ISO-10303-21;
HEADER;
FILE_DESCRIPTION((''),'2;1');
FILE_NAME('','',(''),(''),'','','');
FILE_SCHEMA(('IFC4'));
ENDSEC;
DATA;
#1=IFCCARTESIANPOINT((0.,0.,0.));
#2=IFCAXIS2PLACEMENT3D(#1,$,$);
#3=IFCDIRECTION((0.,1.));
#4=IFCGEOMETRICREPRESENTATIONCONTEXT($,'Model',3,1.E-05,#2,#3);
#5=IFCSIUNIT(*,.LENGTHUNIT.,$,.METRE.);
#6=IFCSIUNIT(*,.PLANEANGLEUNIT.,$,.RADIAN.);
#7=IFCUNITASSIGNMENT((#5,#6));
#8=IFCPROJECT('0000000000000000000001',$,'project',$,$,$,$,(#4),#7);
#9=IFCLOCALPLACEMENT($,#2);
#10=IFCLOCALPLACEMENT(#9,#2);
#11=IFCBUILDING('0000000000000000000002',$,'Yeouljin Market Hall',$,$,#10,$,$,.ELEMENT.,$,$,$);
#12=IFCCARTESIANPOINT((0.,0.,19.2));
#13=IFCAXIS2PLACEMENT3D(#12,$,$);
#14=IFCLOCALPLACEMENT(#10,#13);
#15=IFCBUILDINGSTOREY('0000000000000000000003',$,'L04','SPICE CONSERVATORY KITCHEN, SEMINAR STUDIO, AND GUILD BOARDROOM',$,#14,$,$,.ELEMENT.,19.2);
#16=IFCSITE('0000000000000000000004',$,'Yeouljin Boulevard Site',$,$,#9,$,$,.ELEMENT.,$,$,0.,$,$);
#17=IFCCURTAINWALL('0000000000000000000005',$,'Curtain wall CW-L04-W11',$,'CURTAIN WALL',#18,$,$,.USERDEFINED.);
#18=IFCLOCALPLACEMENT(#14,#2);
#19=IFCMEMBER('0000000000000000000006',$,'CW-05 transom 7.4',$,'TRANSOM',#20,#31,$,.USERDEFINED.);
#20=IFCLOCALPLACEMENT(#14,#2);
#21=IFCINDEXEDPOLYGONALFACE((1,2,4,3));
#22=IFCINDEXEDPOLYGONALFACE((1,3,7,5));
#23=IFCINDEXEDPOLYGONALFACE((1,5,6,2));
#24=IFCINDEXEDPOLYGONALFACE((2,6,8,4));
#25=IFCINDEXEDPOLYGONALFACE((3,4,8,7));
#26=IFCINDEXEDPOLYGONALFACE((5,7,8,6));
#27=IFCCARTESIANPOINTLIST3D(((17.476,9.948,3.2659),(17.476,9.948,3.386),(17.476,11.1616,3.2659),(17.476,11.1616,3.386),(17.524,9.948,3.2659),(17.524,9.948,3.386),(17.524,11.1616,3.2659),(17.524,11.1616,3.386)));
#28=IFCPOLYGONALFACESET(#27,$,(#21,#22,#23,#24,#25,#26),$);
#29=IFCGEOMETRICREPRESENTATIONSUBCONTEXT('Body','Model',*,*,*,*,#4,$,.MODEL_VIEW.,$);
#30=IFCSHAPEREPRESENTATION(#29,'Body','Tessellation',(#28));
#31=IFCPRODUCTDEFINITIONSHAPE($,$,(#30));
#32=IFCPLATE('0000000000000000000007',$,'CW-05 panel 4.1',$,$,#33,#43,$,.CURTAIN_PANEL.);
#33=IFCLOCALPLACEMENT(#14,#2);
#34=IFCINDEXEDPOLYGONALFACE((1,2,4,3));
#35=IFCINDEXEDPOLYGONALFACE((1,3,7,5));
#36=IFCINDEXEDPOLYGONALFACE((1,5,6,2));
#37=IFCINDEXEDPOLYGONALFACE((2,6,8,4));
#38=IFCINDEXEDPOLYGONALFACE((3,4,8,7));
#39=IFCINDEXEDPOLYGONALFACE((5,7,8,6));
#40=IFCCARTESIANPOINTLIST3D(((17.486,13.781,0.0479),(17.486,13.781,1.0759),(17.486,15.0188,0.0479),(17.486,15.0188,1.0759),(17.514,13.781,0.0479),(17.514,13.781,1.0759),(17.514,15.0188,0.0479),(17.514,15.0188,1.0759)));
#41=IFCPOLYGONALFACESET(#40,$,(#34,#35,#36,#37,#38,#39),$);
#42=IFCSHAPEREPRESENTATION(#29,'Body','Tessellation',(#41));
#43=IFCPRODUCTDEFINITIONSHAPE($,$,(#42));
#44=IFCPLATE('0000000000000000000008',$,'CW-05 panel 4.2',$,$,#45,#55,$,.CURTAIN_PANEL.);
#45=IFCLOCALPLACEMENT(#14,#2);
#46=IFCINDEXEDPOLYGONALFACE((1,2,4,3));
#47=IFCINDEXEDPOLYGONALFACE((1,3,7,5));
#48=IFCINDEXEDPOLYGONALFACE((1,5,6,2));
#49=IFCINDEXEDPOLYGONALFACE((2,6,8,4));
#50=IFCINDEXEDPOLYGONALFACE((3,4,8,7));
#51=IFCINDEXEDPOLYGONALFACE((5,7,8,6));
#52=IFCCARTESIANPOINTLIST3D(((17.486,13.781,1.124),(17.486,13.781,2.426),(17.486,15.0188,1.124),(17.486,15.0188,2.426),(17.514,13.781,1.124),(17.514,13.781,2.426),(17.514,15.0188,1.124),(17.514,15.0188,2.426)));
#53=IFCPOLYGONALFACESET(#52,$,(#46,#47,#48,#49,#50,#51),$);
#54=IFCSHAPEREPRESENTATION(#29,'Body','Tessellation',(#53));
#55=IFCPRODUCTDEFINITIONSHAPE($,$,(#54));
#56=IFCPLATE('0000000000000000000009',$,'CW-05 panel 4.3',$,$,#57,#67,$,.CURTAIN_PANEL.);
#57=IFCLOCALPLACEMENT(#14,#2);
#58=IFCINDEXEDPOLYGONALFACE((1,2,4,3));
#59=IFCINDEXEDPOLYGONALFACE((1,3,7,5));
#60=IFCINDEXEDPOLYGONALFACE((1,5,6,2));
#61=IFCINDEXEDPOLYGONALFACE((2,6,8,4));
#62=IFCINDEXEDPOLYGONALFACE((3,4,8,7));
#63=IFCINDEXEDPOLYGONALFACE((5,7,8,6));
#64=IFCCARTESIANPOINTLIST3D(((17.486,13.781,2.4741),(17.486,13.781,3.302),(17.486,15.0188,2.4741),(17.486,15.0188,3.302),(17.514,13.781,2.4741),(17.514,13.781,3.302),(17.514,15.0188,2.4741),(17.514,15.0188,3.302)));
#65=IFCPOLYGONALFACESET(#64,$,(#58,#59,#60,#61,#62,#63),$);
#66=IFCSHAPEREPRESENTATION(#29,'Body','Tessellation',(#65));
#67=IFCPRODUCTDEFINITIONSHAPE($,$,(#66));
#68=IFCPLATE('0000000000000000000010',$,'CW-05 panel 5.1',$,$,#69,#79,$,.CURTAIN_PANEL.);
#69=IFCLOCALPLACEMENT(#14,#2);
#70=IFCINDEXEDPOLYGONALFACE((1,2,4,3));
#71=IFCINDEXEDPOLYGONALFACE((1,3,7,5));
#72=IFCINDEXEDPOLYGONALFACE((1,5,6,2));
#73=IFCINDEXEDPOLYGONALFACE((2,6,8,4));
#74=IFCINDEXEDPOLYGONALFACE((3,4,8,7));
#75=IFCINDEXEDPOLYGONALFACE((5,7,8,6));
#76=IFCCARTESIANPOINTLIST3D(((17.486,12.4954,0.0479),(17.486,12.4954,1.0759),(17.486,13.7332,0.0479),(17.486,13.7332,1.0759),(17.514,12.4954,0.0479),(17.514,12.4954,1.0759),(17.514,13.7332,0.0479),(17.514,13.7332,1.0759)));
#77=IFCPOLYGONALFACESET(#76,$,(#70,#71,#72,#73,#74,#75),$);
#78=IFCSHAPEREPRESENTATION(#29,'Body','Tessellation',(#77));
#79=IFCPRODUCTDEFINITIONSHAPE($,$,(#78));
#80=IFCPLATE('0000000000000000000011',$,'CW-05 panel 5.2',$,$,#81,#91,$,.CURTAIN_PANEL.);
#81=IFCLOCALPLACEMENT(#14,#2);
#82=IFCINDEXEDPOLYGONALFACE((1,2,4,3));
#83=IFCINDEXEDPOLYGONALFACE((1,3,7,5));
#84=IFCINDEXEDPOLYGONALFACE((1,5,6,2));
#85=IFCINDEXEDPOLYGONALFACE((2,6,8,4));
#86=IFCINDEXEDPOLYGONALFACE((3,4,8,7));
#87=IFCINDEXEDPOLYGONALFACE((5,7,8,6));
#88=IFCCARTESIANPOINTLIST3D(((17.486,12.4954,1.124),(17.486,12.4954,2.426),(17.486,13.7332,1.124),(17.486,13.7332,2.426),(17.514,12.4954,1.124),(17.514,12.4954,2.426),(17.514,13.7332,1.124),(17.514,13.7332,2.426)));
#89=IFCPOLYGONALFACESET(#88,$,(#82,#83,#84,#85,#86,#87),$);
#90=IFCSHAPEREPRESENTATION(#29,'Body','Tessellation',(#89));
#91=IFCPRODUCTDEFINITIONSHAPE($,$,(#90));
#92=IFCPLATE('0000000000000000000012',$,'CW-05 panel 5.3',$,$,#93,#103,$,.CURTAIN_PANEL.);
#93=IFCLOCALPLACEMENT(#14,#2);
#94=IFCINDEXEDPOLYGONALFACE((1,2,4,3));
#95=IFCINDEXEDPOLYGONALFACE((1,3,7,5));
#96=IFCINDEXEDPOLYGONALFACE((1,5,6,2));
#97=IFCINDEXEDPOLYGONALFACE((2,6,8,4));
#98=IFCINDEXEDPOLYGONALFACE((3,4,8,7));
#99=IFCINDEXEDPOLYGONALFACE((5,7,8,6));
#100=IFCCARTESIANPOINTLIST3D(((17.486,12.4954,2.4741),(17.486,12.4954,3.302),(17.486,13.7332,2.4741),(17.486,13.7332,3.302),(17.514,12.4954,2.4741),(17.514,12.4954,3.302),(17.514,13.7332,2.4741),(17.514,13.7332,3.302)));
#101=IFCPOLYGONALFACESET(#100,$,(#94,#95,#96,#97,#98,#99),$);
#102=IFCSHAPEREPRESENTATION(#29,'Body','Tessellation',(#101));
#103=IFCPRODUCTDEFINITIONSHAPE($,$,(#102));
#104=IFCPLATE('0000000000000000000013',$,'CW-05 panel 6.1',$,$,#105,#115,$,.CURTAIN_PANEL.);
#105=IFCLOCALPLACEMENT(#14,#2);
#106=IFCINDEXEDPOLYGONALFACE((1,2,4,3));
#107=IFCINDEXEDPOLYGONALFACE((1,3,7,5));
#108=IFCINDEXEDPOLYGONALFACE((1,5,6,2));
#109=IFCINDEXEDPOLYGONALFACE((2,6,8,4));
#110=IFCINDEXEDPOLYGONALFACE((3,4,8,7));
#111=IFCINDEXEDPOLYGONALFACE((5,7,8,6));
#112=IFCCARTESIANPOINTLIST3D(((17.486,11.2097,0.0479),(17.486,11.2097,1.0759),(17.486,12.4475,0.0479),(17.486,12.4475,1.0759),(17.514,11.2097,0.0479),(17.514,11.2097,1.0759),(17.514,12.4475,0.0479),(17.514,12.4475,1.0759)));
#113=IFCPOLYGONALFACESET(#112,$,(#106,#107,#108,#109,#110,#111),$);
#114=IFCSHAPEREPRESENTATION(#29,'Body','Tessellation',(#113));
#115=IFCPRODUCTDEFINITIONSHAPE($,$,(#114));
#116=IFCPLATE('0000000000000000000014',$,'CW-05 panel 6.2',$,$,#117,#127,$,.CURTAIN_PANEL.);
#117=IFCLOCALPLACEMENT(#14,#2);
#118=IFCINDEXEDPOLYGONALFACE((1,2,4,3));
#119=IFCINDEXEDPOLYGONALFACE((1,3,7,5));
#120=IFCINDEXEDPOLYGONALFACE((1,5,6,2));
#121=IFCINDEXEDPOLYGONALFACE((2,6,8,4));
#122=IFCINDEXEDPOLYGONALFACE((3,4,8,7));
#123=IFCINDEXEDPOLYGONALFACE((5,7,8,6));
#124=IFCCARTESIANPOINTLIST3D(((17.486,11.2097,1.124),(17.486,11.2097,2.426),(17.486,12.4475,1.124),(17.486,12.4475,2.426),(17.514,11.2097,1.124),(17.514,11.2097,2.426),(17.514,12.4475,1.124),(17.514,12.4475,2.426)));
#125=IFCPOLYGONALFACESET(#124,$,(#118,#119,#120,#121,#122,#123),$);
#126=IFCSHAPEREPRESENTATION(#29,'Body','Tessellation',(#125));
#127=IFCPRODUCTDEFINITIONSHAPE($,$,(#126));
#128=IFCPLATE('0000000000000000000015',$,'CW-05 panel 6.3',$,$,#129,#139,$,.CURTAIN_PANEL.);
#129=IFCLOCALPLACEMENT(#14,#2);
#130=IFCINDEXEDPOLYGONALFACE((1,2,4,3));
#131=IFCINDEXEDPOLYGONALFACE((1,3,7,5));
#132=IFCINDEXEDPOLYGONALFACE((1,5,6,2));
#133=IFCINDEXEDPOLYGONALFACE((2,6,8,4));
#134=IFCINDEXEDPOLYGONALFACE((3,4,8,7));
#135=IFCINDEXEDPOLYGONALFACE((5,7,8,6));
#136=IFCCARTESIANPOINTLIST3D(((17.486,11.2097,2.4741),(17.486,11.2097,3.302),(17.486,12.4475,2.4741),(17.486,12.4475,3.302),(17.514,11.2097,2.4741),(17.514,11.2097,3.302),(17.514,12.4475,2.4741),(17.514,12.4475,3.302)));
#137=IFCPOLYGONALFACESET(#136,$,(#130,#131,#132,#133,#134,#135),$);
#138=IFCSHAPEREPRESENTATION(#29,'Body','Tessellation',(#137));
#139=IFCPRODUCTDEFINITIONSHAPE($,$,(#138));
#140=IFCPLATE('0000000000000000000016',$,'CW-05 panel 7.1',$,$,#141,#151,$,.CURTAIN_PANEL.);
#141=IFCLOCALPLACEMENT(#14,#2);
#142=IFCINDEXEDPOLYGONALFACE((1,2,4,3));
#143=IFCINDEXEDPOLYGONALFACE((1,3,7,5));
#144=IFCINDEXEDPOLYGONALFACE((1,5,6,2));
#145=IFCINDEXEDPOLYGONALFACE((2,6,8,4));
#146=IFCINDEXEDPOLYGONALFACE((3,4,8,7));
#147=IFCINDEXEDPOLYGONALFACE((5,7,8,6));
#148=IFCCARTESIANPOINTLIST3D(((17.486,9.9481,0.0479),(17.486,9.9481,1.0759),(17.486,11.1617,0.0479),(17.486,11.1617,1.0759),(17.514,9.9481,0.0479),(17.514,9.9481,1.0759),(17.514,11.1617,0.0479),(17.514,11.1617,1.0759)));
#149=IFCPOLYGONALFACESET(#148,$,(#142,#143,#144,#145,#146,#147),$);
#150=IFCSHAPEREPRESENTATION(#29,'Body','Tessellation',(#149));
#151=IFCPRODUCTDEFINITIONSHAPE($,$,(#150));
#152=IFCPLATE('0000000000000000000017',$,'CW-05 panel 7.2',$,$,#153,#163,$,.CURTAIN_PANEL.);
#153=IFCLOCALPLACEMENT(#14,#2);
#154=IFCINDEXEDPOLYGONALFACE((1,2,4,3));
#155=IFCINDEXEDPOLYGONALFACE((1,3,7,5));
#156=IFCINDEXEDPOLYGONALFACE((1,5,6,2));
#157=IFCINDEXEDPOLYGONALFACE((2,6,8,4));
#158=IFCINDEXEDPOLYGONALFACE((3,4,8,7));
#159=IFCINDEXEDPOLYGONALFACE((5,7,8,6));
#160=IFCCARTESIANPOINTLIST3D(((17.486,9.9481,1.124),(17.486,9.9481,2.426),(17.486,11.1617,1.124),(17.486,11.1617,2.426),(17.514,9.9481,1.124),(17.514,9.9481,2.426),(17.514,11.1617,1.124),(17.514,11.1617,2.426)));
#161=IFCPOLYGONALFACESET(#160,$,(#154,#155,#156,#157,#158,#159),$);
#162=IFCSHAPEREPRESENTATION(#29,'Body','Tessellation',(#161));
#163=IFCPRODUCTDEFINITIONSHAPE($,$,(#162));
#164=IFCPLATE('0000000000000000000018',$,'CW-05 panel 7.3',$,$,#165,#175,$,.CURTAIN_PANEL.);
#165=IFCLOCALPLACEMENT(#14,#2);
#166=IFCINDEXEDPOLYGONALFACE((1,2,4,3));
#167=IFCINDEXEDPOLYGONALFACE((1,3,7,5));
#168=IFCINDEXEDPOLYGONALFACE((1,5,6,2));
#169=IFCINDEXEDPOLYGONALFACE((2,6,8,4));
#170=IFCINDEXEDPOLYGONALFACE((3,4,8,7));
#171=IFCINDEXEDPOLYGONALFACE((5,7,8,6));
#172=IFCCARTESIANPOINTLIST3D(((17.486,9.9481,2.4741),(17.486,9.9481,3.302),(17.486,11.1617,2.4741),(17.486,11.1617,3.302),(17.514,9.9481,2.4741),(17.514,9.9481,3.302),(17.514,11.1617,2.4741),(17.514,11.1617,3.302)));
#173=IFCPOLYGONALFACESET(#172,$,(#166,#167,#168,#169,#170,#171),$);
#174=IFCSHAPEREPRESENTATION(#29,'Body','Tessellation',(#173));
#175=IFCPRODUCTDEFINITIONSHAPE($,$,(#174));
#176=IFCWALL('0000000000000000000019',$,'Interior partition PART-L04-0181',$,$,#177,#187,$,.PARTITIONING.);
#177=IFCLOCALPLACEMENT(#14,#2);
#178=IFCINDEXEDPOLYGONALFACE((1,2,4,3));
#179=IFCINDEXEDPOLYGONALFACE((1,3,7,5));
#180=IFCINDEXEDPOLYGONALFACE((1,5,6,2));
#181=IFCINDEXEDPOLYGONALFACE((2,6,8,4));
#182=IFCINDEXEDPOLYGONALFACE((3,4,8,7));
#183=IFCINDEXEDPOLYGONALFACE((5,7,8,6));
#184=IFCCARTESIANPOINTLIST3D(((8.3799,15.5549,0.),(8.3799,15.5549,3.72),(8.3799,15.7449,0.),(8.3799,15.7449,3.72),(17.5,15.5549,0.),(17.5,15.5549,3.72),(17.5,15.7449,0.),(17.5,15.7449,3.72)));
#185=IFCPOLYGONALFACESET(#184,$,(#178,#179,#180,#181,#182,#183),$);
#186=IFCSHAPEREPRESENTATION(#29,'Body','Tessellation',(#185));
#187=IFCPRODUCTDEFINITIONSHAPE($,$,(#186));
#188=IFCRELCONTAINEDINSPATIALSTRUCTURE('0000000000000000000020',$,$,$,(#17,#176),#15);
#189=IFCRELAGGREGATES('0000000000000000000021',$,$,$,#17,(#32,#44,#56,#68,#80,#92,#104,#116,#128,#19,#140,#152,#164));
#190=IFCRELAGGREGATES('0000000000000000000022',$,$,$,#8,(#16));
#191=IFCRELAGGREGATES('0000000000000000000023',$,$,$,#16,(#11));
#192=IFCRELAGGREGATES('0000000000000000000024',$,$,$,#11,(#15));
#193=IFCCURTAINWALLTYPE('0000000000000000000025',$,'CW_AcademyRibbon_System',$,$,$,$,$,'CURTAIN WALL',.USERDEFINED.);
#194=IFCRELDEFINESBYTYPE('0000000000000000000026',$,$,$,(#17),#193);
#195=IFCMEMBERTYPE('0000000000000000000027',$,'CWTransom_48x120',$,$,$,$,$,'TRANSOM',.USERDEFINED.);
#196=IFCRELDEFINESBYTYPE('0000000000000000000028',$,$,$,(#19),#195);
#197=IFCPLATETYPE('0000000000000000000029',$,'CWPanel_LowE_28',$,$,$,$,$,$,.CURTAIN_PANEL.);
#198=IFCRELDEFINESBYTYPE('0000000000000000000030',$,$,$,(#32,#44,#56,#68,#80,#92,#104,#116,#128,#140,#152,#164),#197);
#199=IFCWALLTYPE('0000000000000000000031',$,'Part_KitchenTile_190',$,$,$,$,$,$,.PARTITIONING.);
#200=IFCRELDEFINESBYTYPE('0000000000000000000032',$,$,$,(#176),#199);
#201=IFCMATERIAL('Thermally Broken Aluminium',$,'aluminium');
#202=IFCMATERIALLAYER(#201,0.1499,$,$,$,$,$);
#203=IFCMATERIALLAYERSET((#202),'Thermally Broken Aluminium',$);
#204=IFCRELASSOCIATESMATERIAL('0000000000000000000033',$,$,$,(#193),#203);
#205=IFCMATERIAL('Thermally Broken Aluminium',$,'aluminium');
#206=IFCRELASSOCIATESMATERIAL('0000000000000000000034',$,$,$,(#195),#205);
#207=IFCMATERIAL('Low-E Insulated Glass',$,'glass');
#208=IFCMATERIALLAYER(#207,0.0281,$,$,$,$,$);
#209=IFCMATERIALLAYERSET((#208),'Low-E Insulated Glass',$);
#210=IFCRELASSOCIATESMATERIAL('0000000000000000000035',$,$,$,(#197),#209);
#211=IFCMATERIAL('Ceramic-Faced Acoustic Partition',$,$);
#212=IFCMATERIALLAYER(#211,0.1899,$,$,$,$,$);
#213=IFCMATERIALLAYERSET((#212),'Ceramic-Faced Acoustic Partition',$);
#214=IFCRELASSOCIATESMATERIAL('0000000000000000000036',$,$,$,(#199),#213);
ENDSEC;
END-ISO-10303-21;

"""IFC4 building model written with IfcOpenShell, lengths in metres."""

from ifc_helpers import new_model, si_unit, direction, frame, frame_2d, origin, origin_2d, place, context, subcontext, project, spatial, rectangle, extrude, material, layer, layer_set, material_profile, profile_set, type_object, element, aggregate, save


model = new_model("IFC4")

# Units and contexts
model_context = context("Model", 3, precision=1e-05, world=origin(), true_north=direction((0.0, 1.0)))
body_context = subcontext(model_context, "Body", "Model", "MODEL_VIEW")
ifc_project = project(units=[si_unit("LENGTHUNIT", "METRE"), si_unit("PLANEANGLEUNIT", "RADIAN")], contexts=[model_context])

# Site, building, storey
site_placement = place(None, origin())
site = spatial("IfcSite", under=ifc_project, at=site_placement, Name="Yeouljin Boulevard Site", CompositionType="ELEMENT", RefElevation=0.0)
building_placement = place(site_placement, origin())
building = spatial("IfcBuilding", under=site, at=building_placement, Name="Yeouljin Market Hall", CompositionType="ELEMENT")
storey_placement = place(building_placement, frame((0.0, 0.0, 19.2)))
storey = spatial("IfcBuildingStorey", under=building, at=storey_placement, Name="L04", Description="SPICE CONSERVATORY KITCHEN, SEMINAR STUDIO, AND GUILD BOARDROOM", CompositionType="ELEMENT", Elevation=19.2)

# Curtain wall, member, plates
ifc_material_1 = material(Name="Thermally Broken Aluminium", Category="aluminium")
ifc_layer_1 = layer(ifc_material_1, 0.1499)
ifc_layer_set_1 = layer_set([ifc_layer_1], Name="Thermally Broken Aluminium")
curtain_wall_type = type_object("IfcCurtainWallType", Name="CW_AcademyRibbon_System", ElementType="CURTAIN WALL", PredefinedType="USERDEFINED", material=ifc_layer_set_1)
curtain_wall_placement = place(storey_placement, origin())
curtain_wall = element("IfcCurtainWall", 1, at=curtain_wall_placement, inside=storey, type_object=curtain_wall_type, Name="Curtain wall CW-L04-W11", ObjectType="CURTAIN WALL", PredefinedType="USERDEFINED")
ifc_material_2 = material(Name="Thermally Broken Aluminium", Category="aluminium")
ifc_material_profile = material_profile(ifc_material_2, rectangle(XDim=0.0481, YDim=0.1201, at=origin_2d()), Name="CW-TRAN-48x120")
ifc_profile_set = profile_set([ifc_material_profile], Name="Thermally Broken Aluminium")
member_type = type_object("IfcMemberType", Name="CWTransom_48x120", ElementType="TRANSOM", PredefinedType="USERDEFINED", material=ifc_profile_set)
member_1_placement = place(storey_placement, frame((17.5, 11.1616, 3.3259), z_axis=(0.0, -1.0, 0.0), x_axis=(1.0, 0.0, 0.0)))
member_1 = element("IfcMember", 2, at=member_1_placement, type_object=member_type, Name="CW-05 transom 7.4", ObjectType="TRANSOM", PredefinedType="USERDEFINED", context=body_context, shape_type="SweptSolid", body=[
    extrude(rectangle(XDim=0.0481, YDim=0.1201, at=origin_2d()), origin(), (0.0, 0.0, 1.0), 1.2136),
])
ifc_material_3 = material(Name="Low-E Insulated Glass", Category="glass")
ifc_layer_2 = layer(ifc_material_3, 0.0281)
ifc_layer_set_2 = layer_set([ifc_layer_2], Name="Low-E Insulated Glass")
plate_type = type_object("IfcPlateType", Name="CWPanel_LowE_28", PredefinedType="CURTAIN_PANEL", material=ifc_layer_set_2)
plate_1_placement = place(storey_placement, frame((17.5, 14.3999, 0.0479), z_axis=(0.0, 0.0, 1.0), x_axis=(0.0, -1.0, 0.0)))
plate_1 = element("IfcPlate", 3, at=plate_1_placement, type_object=plate_type, Name="CW-05 panel 4.1", PredefinedType="CURTAIN_PANEL", context=body_context, shape_type="SweptSolid", body=[
    extrude(rectangle(XDim=1.2378, YDim=0.0281, at=origin_2d()), origin(), (0.0, 0.0, 1.0), 1.0281),
])
plate_2_placement = place(storey_placement, frame((17.5, 14.3999, 1.124), z_axis=(0.0, 0.0, 1.0), x_axis=(0.0, -1.0, 0.0)))
plate_2 = element("IfcPlate", 4, at=plate_2_placement, type_object=plate_type, Name="CW-05 panel 4.2", PredefinedType="CURTAIN_PANEL", context=body_context, shape_type="SweptSolid", body=[
    extrude(rectangle(XDim=1.2378, YDim=0.0281, at=origin_2d()), origin(), (0.0, 0.0, 1.0), 1.302),
])
plate_3_placement = place(storey_placement, frame((17.5, 14.3999, 2.4741), z_axis=(0.0, 0.0, 1.0), x_axis=(0.0, -1.0, 0.0)))
plate_3 = element("IfcPlate", 5, at=plate_3_placement, type_object=plate_type, Name="CW-05 panel 4.3", PredefinedType="CURTAIN_PANEL", context=body_context, shape_type="SweptSolid", body=[
    extrude(rectangle(XDim=1.2378, YDim=0.0281, at=origin_2d()), origin(), (0.0, 0.0, 1.0), 0.8279),
])
plate_4_placement = place(storey_placement, frame((17.5, 13.1143, 0.0479), z_axis=(0.0, 0.0, 1.0), x_axis=(0.0, -1.0, 0.0)))
plate_4 = element("IfcPlate", 6, at=plate_4_placement, type_object=plate_type, Name="CW-05 panel 5.1", PredefinedType="CURTAIN_PANEL", context=body_context, shape_type="SweptSolid", body=[
    extrude(rectangle(XDim=1.2378, YDim=0.0281, at=origin_2d()), origin(), (0.0, 0.0, 1.0), 1.0281),
])
plate_5_placement = place(storey_placement, frame((17.5, 13.1143, 1.124), z_axis=(0.0, 0.0, 1.0), x_axis=(0.0, -1.0, 0.0)))
plate_5 = element("IfcPlate", 7, at=plate_5_placement, type_object=plate_type, Name="CW-05 panel 5.2", PredefinedType="CURTAIN_PANEL", context=body_context, shape_type="SweptSolid", body=[
    extrude(rectangle(XDim=1.2378, YDim=0.0281, at=origin_2d()), origin(), (0.0, 0.0, 1.0), 1.302),
])
plate_6_placement = place(storey_placement, frame((17.5, 13.1143, 2.4741), z_axis=(0.0, 0.0, 1.0), x_axis=(0.0, -1.0, 0.0)))
plate_6 = element("IfcPlate", 8, at=plate_6_placement, type_object=plate_type, Name="CW-05 panel 5.3", PredefinedType="CURTAIN_PANEL", context=body_context, shape_type="SweptSolid", body=[
    extrude(rectangle(XDim=1.2378, YDim=0.0281, at=origin_2d()), origin(), (0.0, 0.0, 1.0), 0.8279),
])
plate_7_placement = place(storey_placement, frame((17.5, 11.8286, 0.0479), z_axis=(0.0, 0.0, 1.0), x_axis=(0.0, -1.0, 0.0)))
plate_7 = element("IfcPlate", 9, at=plate_7_placement, type_object=plate_type, Name="CW-05 panel 6.1", PredefinedType="CURTAIN_PANEL", context=body_context, shape_type="SweptSolid", body=[
    extrude(rectangle(XDim=1.2378, YDim=0.0281, at=origin_2d()), origin(), (0.0, 0.0, 1.0), 1.0281),
])
plate_8_placement = place(storey_placement, frame((17.5, 11.8286, 1.124), z_axis=(0.0, 0.0, 1.0), x_axis=(0.0, -1.0, 0.0)))
plate_8 = element("IfcPlate", 10, at=plate_8_placement, type_object=plate_type, Name="CW-05 panel 6.2", PredefinedType="CURTAIN_PANEL", context=body_context, shape_type="SweptSolid", body=[
    extrude(rectangle(XDim=1.2378, YDim=0.0281, at=origin_2d()), origin(), (0.0, 0.0, 1.0), 1.302),
])
plate_9_placement = place(storey_placement, frame((17.5, 11.8286, 2.4741), z_axis=(0.0, 0.0, 1.0), x_axis=(0.0, -1.0, 0.0)))
plate_9 = element("IfcPlate", 11, at=plate_9_placement, type_object=plate_type, Name="CW-05 panel 6.3", PredefinedType="CURTAIN_PANEL", context=body_context, shape_type="SweptSolid", body=[
    extrude(rectangle(XDim=1.2378, YDim=0.0281, at=origin_2d()), origin(), (0.0, 0.0, 1.0), 0.8279),
])
plate_10_placement = place(storey_placement, frame((17.5, 10.5549, 0.0479), z_axis=(0.0, 0.0, 1.0), x_axis=(0.0, -1.0, 0.0)))
plate_10 = element("IfcPlate", 12, at=plate_10_placement, type_object=plate_type, Name="CW-05 panel 7.1", PredefinedType="CURTAIN_PANEL", context=body_context, shape_type="SweptSolid", body=[
    extrude(rectangle(XDim=1.2136, YDim=0.0281, at=origin_2d()), origin(), (0.0, 0.0, 1.0), 1.0281),
])
plate_11_placement = place(storey_placement, frame((17.5, 10.5549, 1.124), z_axis=(0.0, 0.0, 1.0), x_axis=(0.0, -1.0, 0.0)))
plate_11 = element("IfcPlate", 13, at=plate_11_placement, type_object=plate_type, Name="CW-05 panel 7.2", PredefinedType="CURTAIN_PANEL", context=body_context, shape_type="SweptSolid", body=[
    extrude(rectangle(XDim=1.2136, YDim=0.0281, at=origin_2d()), origin(), (0.0, 0.0, 1.0), 1.302),
])
plate_12_placement = place(storey_placement, frame((17.5, 10.5549, 2.4741), z_axis=(0.0, 0.0, 1.0), x_axis=(0.0, -1.0, 0.0)))
plate_12 = element("IfcPlate", 14, at=plate_12_placement, type_object=plate_type, Name="CW-05 panel 7.3", PredefinedType="CURTAIN_PANEL", context=body_context, shape_type="SweptSolid", body=[
    extrude(rectangle(XDim=1.2136, YDim=0.0281, at=origin_2d()), origin(), (0.0, 0.0, 1.0), 0.8279),
])
aggregate(curtain_wall, [plate_1, plate_2, plate_3, plate_4, plate_5, plate_6, plate_7, plate_8, plate_9, member_1, plate_10, plate_11, plate_12])

# Wall
ifc_material_4 = material(Name="Ceramic-Faced Acoustic Partition")
ifc_layer_3 = layer(ifc_material_4, 0.1899)
ifc_layer_set_3 = layer_set([ifc_layer_3], Name="Ceramic-Faced Acoustic Partition")
wall_type_1 = type_object("IfcWallType", Name="Part_KitchenTile_190", PredefinedType="PARTITIONING", material=ifc_layer_set_3)
wall_1_placement = place(storey_placement, frame((17.5, 15.6499, 0.0), z_axis=(0.0, 0.0, 1.0), x_axis=(-1.0, 0.0, 0.0)))
element("IfcWall", 15, at=wall_1_placement, inside=storey, type_object=wall_type_1, Name="Interior partition PART-L04-0181", PredefinedType="PARTITIONING", context=body_context, shape_type="SweptSolid", body=[
    extrude(rectangle(XDim=9.1201, YDim=0.1899, at=frame_2d((4.5601, 0.0))), origin(), (0.0, 0.0, 1.0), 3.72),
])

save(model, "model.ifc")
